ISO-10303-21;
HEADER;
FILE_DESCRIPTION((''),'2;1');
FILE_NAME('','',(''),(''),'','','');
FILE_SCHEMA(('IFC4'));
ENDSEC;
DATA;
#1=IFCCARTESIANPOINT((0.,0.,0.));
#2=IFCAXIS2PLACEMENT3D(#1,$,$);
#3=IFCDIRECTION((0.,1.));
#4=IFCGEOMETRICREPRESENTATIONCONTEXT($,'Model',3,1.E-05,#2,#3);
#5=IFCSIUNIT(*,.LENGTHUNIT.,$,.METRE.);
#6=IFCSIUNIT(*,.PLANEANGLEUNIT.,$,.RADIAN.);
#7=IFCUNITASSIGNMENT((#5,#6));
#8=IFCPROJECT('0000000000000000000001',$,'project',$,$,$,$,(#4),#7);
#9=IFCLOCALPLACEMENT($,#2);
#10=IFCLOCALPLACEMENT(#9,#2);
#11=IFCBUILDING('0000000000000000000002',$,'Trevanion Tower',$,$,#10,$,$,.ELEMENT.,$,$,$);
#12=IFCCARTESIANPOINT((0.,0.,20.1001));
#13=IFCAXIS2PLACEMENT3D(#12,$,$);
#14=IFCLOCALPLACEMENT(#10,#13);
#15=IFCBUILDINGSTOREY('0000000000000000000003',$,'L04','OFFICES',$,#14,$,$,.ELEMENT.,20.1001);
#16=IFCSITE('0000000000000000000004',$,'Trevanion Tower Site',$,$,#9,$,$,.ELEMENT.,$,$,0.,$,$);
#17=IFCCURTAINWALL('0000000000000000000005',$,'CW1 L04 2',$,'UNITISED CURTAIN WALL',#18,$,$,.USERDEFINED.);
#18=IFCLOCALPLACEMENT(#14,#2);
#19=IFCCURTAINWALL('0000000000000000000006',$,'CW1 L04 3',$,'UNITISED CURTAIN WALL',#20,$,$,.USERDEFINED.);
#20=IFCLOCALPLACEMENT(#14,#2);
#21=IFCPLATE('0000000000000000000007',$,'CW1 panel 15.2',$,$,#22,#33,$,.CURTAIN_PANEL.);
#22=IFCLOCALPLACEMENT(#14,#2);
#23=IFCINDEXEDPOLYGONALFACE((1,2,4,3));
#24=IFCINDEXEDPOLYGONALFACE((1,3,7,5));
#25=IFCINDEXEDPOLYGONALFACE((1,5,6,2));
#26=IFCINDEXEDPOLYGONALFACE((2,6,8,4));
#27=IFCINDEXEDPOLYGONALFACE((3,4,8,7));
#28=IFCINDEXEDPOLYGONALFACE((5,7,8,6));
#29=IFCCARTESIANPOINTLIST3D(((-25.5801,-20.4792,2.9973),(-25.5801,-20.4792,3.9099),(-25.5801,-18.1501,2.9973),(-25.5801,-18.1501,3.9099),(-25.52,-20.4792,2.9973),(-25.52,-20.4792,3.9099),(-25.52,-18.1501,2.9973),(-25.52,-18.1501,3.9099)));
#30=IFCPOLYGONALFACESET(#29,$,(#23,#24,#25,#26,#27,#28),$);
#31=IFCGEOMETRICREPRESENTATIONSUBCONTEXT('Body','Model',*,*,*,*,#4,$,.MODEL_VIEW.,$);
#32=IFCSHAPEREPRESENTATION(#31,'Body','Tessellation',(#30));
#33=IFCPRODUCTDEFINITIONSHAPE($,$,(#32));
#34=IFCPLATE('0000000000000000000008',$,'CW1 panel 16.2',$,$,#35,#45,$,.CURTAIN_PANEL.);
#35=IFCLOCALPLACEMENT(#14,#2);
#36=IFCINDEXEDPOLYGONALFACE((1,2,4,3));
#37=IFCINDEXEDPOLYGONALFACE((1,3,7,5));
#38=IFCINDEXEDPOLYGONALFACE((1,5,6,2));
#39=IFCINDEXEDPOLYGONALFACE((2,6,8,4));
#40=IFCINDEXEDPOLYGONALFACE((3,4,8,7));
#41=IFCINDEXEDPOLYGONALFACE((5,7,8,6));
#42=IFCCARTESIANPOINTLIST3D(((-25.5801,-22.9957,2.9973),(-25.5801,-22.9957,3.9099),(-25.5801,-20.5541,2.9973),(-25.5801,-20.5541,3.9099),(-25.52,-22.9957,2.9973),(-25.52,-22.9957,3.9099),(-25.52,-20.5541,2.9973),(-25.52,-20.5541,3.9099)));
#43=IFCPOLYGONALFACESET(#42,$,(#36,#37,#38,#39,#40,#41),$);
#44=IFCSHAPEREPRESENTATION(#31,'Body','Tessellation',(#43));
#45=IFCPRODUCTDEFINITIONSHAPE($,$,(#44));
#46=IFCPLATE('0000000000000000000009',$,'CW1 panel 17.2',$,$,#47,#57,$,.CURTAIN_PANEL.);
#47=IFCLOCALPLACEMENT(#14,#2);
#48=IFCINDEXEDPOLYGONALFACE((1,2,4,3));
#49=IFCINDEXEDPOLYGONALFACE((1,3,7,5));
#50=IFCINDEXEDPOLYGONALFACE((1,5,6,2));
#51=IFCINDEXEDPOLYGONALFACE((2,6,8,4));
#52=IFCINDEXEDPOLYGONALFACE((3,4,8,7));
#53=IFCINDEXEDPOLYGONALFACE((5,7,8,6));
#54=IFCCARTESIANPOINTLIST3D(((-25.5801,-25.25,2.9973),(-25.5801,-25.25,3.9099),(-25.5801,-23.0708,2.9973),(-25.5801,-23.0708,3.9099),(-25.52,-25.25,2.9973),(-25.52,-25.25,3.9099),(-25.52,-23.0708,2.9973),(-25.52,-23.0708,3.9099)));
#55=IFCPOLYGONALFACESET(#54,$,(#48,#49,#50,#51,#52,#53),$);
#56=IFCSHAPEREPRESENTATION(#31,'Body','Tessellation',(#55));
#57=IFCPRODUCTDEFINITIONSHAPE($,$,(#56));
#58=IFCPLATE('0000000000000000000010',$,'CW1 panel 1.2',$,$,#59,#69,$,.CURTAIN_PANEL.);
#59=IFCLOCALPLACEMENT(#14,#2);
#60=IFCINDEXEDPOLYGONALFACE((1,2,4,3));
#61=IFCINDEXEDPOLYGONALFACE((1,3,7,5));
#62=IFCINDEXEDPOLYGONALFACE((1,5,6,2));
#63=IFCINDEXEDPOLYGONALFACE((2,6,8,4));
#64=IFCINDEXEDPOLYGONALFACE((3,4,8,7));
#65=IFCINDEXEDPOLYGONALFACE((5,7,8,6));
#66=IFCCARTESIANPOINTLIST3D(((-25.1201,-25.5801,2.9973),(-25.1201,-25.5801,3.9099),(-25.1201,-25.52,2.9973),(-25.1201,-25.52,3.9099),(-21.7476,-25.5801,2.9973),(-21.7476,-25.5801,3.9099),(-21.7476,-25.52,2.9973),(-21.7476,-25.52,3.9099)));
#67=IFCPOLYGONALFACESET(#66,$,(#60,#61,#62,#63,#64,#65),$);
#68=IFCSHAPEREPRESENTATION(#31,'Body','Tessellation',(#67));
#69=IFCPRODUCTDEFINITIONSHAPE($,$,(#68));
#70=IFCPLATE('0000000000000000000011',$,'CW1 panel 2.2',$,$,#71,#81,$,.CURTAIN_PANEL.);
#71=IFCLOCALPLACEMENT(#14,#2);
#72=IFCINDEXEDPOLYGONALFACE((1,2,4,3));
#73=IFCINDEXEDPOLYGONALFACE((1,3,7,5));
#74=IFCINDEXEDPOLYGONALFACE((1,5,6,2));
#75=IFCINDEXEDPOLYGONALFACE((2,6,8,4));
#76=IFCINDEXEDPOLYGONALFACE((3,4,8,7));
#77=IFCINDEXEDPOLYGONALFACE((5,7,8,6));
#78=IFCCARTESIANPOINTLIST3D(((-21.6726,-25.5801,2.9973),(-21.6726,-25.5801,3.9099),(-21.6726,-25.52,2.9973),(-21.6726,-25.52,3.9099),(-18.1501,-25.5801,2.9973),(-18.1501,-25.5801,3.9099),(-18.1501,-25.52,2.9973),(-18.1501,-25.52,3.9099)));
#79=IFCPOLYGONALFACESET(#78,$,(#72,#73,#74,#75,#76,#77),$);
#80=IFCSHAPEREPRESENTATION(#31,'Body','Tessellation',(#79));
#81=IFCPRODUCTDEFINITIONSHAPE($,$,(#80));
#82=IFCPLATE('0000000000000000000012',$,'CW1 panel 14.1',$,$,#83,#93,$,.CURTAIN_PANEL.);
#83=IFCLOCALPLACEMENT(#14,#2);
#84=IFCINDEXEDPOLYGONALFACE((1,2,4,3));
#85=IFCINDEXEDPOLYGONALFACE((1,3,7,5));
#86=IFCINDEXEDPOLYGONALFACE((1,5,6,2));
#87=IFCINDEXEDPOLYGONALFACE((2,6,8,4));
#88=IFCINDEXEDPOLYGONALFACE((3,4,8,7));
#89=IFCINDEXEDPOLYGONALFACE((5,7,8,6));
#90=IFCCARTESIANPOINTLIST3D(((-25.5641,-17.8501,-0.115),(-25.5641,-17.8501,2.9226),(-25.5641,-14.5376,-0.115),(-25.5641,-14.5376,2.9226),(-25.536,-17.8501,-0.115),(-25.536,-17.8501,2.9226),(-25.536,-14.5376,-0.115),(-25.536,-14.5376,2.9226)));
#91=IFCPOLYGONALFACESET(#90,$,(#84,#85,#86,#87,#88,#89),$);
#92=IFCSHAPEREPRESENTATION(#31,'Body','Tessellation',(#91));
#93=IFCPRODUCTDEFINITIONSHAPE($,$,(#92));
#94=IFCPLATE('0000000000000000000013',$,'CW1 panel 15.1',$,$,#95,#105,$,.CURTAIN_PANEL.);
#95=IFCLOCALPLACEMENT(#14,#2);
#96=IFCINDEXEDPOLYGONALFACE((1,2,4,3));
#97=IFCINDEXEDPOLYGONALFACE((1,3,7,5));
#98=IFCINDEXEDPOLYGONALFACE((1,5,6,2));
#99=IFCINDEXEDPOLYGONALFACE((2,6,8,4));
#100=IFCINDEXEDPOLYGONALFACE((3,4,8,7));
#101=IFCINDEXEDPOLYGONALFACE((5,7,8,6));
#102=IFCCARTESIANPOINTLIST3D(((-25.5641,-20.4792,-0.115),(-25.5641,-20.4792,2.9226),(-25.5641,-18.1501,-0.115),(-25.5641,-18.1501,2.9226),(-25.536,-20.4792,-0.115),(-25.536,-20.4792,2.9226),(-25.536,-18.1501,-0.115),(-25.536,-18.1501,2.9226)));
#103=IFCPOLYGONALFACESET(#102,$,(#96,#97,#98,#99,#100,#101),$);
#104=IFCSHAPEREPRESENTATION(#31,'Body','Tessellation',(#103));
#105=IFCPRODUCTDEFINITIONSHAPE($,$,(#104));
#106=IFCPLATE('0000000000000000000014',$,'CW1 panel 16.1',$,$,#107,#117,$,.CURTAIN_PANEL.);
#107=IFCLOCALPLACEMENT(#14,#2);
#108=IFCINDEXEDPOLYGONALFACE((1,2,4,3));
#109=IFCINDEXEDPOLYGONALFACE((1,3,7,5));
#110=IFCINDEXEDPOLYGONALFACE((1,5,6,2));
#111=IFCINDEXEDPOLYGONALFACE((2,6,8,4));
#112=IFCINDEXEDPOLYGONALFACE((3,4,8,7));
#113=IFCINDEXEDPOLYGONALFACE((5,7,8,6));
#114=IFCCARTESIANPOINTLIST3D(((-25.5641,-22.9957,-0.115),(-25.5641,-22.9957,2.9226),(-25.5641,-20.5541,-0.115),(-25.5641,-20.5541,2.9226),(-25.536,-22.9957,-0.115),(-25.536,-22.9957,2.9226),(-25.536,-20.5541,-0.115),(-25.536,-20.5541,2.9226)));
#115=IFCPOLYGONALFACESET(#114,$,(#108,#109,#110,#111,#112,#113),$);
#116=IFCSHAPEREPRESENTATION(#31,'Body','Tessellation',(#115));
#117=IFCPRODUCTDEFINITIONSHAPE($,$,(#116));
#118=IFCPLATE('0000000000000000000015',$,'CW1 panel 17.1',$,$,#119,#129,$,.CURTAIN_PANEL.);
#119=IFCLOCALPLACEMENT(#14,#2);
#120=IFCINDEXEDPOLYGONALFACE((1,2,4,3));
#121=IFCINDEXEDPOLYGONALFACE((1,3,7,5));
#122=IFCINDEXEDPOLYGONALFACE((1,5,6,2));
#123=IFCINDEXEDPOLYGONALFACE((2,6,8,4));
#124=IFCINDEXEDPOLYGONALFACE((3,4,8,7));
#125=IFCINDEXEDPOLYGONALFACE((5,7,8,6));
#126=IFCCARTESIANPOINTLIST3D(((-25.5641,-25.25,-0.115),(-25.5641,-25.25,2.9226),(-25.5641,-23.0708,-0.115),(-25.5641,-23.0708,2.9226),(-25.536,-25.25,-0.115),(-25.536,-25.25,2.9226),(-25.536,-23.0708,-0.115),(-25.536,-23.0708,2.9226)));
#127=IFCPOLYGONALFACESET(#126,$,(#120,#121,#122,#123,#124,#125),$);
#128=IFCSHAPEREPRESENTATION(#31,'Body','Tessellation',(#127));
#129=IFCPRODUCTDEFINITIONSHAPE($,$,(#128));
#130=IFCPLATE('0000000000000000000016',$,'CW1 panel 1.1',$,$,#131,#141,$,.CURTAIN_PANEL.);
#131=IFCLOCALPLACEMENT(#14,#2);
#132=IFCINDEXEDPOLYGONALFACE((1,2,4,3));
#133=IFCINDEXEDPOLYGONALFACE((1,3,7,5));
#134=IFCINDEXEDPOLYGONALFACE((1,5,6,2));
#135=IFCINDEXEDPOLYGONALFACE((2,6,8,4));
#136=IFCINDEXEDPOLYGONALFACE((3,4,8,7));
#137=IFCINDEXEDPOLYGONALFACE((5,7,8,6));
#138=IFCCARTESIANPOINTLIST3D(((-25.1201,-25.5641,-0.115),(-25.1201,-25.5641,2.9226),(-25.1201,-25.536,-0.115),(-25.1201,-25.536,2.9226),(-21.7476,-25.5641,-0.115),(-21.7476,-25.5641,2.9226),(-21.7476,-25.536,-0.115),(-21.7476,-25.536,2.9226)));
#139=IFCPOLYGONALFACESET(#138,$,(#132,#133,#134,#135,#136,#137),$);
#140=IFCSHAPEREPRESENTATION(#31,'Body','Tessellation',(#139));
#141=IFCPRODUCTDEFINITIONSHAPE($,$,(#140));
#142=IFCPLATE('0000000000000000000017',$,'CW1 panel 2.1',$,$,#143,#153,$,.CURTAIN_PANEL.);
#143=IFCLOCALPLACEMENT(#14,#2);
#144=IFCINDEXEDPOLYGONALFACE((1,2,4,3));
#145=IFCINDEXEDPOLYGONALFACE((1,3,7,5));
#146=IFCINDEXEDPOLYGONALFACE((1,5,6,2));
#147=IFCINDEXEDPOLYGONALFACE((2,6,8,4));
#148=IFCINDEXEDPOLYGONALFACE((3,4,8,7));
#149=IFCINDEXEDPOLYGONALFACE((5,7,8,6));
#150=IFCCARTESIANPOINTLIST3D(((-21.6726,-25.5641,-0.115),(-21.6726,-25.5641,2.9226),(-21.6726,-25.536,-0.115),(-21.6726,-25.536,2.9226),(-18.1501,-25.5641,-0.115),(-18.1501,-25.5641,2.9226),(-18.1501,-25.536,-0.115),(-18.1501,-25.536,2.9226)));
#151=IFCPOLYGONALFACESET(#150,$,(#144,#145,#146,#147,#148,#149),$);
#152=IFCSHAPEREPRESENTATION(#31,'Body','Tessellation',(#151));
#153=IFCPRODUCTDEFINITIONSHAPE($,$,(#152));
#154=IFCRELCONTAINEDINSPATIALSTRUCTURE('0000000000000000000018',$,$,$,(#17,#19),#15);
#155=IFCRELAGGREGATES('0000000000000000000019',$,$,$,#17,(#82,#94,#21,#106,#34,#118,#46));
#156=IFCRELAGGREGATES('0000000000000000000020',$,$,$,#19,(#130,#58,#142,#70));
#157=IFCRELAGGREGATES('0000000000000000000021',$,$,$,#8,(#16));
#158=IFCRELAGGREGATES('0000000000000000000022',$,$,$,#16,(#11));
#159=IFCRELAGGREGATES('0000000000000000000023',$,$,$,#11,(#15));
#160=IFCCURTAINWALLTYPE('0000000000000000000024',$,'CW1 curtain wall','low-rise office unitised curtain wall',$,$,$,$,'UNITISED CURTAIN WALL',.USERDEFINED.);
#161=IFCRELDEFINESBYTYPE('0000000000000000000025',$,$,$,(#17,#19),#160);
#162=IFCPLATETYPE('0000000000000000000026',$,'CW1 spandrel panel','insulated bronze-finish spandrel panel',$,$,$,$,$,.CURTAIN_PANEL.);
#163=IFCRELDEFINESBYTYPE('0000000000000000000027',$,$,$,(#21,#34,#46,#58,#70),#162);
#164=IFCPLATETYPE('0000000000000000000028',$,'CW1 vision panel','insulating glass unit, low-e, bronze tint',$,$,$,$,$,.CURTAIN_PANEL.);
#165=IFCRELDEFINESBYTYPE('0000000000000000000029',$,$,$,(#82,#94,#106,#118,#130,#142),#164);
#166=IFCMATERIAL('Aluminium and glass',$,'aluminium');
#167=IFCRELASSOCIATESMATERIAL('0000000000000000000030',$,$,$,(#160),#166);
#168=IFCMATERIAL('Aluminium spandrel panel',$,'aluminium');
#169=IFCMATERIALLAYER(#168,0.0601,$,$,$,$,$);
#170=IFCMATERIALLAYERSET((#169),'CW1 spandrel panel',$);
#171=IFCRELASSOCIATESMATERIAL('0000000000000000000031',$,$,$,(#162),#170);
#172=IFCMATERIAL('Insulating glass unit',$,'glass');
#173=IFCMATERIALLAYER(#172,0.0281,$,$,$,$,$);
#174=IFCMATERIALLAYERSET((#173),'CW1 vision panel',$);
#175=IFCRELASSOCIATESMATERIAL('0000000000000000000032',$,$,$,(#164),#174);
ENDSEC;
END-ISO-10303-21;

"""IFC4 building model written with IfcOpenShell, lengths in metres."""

from ifc_helpers import new_model, si_unit, direction, frame, origin, origin_2d, place, context, subcontext, project, spatial, rectangle, extrude, material, layer, layer_set, type_object, element, aggregate, save


model = new_model("IFC4")

# Units and contexts
model_context = context("Model", 3, precision=1e-05, world=origin(), true_north=direction((0.0, 1.0)))
body_context = subcontext(model_context, "Body", "Model", "MODEL_VIEW")
ifc_project = project(units=[si_unit("LENGTHUNIT", "METRE"), si_unit("PLANEANGLEUNIT", "RADIAN")], contexts=[model_context])

# Site, building, storey
site_placement = place(None, origin())
site = spatial("IfcSite", under=ifc_project, at=site_placement, Name="Trevanion Tower Site", CompositionType="ELEMENT", RefElevation=0.0)
building_placement = place(site_placement, origin())
building = spatial("IfcBuilding", under=site, at=building_placement, Name="Trevanion Tower", CompositionType="ELEMENT")
storey_placement = place(building_placement, frame((0.0, 0.0, 20.1001)))
storey = spatial("IfcBuildingStorey", under=building, at=storey_placement, Name="L04", Description="OFFICES", CompositionType="ELEMENT", Elevation=20.1001)

# Curtain wall
ifc_material_1 = material(Name="Aluminium and glass", Category="aluminium")
curtain_wall_type = type_object("IfcCurtainWallType", Name="CW1 curtain wall", Description="low-rise office unitised curtain wall", ElementType="UNITISED CURTAIN WALL", PredefinedType="USERDEFINED", material=ifc_material_1)
curtain_wall_1_placement = place(storey_placement, origin())
curtain_wall_1 = element("IfcCurtainWall", 1, at=curtain_wall_1_placement, inside=storey, type_object=curtain_wall_type, Name="CW1 L04 2", ObjectType="UNITISED CURTAIN WALL", PredefinedType="USERDEFINED")

# Curtain wall
curtain_wall_2_placement = place(storey_placement, origin())
curtain_wall_2 = element("IfcCurtainWall", 2, at=curtain_wall_2_placement, inside=storey, type_object=curtain_wall_type, Name="CW1 L04 3", ObjectType="UNITISED CURTAIN WALL", PredefinedType="USERDEFINED")

# Plates
ifc_material_2 = material(Name="Aluminium spandrel panel", Category="aluminium")
ifc_layer_1 = layer(ifc_material_2, 0.0601)
ifc_layer_set_1 = layer_set([ifc_layer_1], Name="CW1 spandrel panel")
plate_type_1 = type_object("IfcPlateType", Name="CW1 spandrel panel", Description="insulated bronze-finish spandrel panel", PredefinedType="CURTAIN_PANEL", material=ifc_layer_set_1)
plate_1_placement = place(storey_placement, frame((-25.55, -19.3147, 2.9973), z_axis=(0.0, 0.0, 1.0), x_axis=(0.0, -1.0, 0.0)))
plate_1 = element("IfcPlate", 3, at=plate_1_placement, type_object=plate_type_1, Name="CW1 panel 15.2", PredefinedType="CURTAIN_PANEL", context=body_context, shape_type="SweptSolid", body=[
    extrude(rectangle(XDim=2.3291, YDim=0.0601, at=origin_2d()), origin(), (0.0, 0.0, 1.0), 0.9126),
])
plate_2_placement = place(storey_placement, frame((-25.55, -21.7749, 2.9973), z_axis=(0.0, 0.0, 1.0), x_axis=(0.0, -1.0, 0.0)))
plate_2 = element("IfcPlate", 4, at=plate_2_placement, type_object=plate_type_1, Name="CW1 panel 16.2", PredefinedType="CURTAIN_PANEL", context=body_context, shape_type="SweptSolid", body=[
    extrude(rectangle(XDim=2.4417, YDim=0.0601, at=origin_2d()), origin(), (0.0, 0.0, 1.0), 0.9126),
])
plate_3_placement = place(storey_placement, frame((-25.55, -24.1604, 2.9973), z_axis=(0.0, 0.0, 1.0), x_axis=(0.0, -1.0, 0.0)))
plate_3 = element("IfcPlate", 5, at=plate_3_placement, type_object=plate_type_1, Name="CW1 panel 17.2", PredefinedType="CURTAIN_PANEL", context=body_context, shape_type="SweptSolid", body=[
    extrude(rectangle(XDim=2.1792, YDim=0.0601, at=origin_2d()), origin(), (0.0, 0.0, 1.0), 0.9126),
])
plate_4_placement = place(storey_placement, frame((-23.4338, -25.55, 2.9973), z_axis=(0.0, 0.0, 1.0), x_axis=(1.0, 0.0, 0.0)))
plate_4 = element("IfcPlate", 6, at=plate_4_placement, type_object=plate_type_1, Name="CW1 panel 1.2", PredefinedType="CURTAIN_PANEL", context=body_context, shape_type="SweptSolid", body=[
    extrude(rectangle(XDim=3.3726, YDim=0.0601, at=origin_2d()), origin(), (0.0, 0.0, 1.0), 0.9126),
])
plate_5_placement = place(storey_placement, frame((-19.9114, -25.55, 2.9973), z_axis=(0.0, 0.0, 1.0), x_axis=(1.0, 0.0, 0.0)))
plate_5 = element("IfcPlate", 7, at=plate_5_placement, type_object=plate_type_1, Name="CW1 panel 2.2", PredefinedType="CURTAIN_PANEL", context=body_context, shape_type="SweptSolid", body=[
    extrude(rectangle(XDim=3.5225, YDim=0.0601, at=origin_2d()), origin(), (0.0, 0.0, 1.0), 0.9126),
])
ifc_material_3 = material(Name="Insulating glass unit", Category="glass")
ifc_layer_2 = layer(ifc_material_3, 0.0281)
ifc_layer_set_2 = layer_set([ifc_layer_2], Name="CW1 vision panel")
plate_type_2 = type_object("IfcPlateType", Name="CW1 vision panel", Description="insulating glass unit, low-e, bronze tint", PredefinedType="CURTAIN_PANEL", material=ifc_layer_set_2)
plate_6_placement = place(storey_placement, frame((-25.55, -16.1938, -0.115), z_axis=(0.0, 0.0, 1.0), x_axis=(0.0, -1.0, 0.0)))
plate_6 = element("IfcPlate", 8, at=plate_6_placement, type_object=plate_type_2, Name="CW1 panel 14.1", PredefinedType="CURTAIN_PANEL", context=body_context, shape_type="SweptSolid", body=[
    extrude(rectangle(XDim=3.3125, YDim=0.0281, at=origin_2d()), origin(), (0.0, 0.0, 1.0), 3.0376),
])
plate_7_placement = place(storey_placement, frame((-25.55, -19.3147, -0.115), z_axis=(0.0, 0.0, 1.0), x_axis=(0.0, -1.0, 0.0)))
plate_7 = element("IfcPlate", 9, at=plate_7_placement, type_object=plate_type_2, Name="CW1 panel 15.1", PredefinedType="CURTAIN_PANEL", context=body_context, shape_type="SweptSolid", body=[
    extrude(rectangle(XDim=2.3291, YDim=0.0281, at=origin_2d()), origin(), (0.0, 0.0, 1.0), 3.0376),
])
plate_8_placement = place(storey_placement, frame((-25.55, -21.7749, -0.115), z_axis=(0.0, 0.0, 1.0), x_axis=(0.0, -1.0, 0.0)))
plate_8 = element("IfcPlate", 10, at=plate_8_placement, type_object=plate_type_2, Name="CW1 panel 16.1", PredefinedType="CURTAIN_PANEL", context=body_context, shape_type="SweptSolid", body=[
    extrude(rectangle(XDim=2.4417, YDim=0.0281, at=origin_2d()), origin(), (0.0, 0.0, 1.0), 3.0376),
])
plate_9_placement = place(storey_placement, frame((-25.55, -24.1604, -0.115), z_axis=(0.0, 0.0, 1.0), x_axis=(0.0, -1.0, 0.0)))
plate_9 = element("IfcPlate", 11, at=plate_9_placement, type_object=plate_type_2, Name="CW1 panel 17.1", PredefinedType="CURTAIN_PANEL", context=body_context, shape_type="SweptSolid", body=[
    extrude(rectangle(XDim=2.1792, YDim=0.0281, at=origin_2d()), origin(), (0.0, 0.0, 1.0), 3.0376),
])
aggregate(curtain_wall_1, [plate_6, plate_7, plate_1, plate_8, plate_2, plate_9, plate_3])
plate_10_placement = place(storey_placement, frame((-23.4338, -25.55, -0.115), z_axis=(0.0, 0.0, 1.0), x_axis=(1.0, 0.0, 0.0)))
plate_10 = element("IfcPlate", 12, at=plate_10_placement, type_object=plate_type_2, Name="CW1 panel 1.1", PredefinedType="CURTAIN_PANEL", context=body_context, shape_type="SweptSolid", body=[
    extrude(rectangle(XDim=3.3726, YDim=0.0281, at=origin_2d()), origin(), (0.0, 0.0, 1.0), 3.0376),
])
plate_11_placement = place(storey_placement, frame((-19.9114, -25.55, -0.115), z_axis=(0.0, 0.0, 1.0), x_axis=(1.0, 0.0, 0.0)))
plate_11 = element("IfcPlate", 13, at=plate_11_placement, type_object=plate_type_2, Name="CW1 panel 2.1", PredefinedType="CURTAIN_PANEL", context=body_context, shape_type="SweptSolid", body=[
    extrude(rectangle(XDim=3.5225, YDim=0.0281, at=origin_2d()), origin(), (0.0, 0.0, 1.0), 3.0376),
])
aggregate(curtain_wall_2, [plate_10, plate_4, plate_11, plate_5])

save(model, "model.ifc")
